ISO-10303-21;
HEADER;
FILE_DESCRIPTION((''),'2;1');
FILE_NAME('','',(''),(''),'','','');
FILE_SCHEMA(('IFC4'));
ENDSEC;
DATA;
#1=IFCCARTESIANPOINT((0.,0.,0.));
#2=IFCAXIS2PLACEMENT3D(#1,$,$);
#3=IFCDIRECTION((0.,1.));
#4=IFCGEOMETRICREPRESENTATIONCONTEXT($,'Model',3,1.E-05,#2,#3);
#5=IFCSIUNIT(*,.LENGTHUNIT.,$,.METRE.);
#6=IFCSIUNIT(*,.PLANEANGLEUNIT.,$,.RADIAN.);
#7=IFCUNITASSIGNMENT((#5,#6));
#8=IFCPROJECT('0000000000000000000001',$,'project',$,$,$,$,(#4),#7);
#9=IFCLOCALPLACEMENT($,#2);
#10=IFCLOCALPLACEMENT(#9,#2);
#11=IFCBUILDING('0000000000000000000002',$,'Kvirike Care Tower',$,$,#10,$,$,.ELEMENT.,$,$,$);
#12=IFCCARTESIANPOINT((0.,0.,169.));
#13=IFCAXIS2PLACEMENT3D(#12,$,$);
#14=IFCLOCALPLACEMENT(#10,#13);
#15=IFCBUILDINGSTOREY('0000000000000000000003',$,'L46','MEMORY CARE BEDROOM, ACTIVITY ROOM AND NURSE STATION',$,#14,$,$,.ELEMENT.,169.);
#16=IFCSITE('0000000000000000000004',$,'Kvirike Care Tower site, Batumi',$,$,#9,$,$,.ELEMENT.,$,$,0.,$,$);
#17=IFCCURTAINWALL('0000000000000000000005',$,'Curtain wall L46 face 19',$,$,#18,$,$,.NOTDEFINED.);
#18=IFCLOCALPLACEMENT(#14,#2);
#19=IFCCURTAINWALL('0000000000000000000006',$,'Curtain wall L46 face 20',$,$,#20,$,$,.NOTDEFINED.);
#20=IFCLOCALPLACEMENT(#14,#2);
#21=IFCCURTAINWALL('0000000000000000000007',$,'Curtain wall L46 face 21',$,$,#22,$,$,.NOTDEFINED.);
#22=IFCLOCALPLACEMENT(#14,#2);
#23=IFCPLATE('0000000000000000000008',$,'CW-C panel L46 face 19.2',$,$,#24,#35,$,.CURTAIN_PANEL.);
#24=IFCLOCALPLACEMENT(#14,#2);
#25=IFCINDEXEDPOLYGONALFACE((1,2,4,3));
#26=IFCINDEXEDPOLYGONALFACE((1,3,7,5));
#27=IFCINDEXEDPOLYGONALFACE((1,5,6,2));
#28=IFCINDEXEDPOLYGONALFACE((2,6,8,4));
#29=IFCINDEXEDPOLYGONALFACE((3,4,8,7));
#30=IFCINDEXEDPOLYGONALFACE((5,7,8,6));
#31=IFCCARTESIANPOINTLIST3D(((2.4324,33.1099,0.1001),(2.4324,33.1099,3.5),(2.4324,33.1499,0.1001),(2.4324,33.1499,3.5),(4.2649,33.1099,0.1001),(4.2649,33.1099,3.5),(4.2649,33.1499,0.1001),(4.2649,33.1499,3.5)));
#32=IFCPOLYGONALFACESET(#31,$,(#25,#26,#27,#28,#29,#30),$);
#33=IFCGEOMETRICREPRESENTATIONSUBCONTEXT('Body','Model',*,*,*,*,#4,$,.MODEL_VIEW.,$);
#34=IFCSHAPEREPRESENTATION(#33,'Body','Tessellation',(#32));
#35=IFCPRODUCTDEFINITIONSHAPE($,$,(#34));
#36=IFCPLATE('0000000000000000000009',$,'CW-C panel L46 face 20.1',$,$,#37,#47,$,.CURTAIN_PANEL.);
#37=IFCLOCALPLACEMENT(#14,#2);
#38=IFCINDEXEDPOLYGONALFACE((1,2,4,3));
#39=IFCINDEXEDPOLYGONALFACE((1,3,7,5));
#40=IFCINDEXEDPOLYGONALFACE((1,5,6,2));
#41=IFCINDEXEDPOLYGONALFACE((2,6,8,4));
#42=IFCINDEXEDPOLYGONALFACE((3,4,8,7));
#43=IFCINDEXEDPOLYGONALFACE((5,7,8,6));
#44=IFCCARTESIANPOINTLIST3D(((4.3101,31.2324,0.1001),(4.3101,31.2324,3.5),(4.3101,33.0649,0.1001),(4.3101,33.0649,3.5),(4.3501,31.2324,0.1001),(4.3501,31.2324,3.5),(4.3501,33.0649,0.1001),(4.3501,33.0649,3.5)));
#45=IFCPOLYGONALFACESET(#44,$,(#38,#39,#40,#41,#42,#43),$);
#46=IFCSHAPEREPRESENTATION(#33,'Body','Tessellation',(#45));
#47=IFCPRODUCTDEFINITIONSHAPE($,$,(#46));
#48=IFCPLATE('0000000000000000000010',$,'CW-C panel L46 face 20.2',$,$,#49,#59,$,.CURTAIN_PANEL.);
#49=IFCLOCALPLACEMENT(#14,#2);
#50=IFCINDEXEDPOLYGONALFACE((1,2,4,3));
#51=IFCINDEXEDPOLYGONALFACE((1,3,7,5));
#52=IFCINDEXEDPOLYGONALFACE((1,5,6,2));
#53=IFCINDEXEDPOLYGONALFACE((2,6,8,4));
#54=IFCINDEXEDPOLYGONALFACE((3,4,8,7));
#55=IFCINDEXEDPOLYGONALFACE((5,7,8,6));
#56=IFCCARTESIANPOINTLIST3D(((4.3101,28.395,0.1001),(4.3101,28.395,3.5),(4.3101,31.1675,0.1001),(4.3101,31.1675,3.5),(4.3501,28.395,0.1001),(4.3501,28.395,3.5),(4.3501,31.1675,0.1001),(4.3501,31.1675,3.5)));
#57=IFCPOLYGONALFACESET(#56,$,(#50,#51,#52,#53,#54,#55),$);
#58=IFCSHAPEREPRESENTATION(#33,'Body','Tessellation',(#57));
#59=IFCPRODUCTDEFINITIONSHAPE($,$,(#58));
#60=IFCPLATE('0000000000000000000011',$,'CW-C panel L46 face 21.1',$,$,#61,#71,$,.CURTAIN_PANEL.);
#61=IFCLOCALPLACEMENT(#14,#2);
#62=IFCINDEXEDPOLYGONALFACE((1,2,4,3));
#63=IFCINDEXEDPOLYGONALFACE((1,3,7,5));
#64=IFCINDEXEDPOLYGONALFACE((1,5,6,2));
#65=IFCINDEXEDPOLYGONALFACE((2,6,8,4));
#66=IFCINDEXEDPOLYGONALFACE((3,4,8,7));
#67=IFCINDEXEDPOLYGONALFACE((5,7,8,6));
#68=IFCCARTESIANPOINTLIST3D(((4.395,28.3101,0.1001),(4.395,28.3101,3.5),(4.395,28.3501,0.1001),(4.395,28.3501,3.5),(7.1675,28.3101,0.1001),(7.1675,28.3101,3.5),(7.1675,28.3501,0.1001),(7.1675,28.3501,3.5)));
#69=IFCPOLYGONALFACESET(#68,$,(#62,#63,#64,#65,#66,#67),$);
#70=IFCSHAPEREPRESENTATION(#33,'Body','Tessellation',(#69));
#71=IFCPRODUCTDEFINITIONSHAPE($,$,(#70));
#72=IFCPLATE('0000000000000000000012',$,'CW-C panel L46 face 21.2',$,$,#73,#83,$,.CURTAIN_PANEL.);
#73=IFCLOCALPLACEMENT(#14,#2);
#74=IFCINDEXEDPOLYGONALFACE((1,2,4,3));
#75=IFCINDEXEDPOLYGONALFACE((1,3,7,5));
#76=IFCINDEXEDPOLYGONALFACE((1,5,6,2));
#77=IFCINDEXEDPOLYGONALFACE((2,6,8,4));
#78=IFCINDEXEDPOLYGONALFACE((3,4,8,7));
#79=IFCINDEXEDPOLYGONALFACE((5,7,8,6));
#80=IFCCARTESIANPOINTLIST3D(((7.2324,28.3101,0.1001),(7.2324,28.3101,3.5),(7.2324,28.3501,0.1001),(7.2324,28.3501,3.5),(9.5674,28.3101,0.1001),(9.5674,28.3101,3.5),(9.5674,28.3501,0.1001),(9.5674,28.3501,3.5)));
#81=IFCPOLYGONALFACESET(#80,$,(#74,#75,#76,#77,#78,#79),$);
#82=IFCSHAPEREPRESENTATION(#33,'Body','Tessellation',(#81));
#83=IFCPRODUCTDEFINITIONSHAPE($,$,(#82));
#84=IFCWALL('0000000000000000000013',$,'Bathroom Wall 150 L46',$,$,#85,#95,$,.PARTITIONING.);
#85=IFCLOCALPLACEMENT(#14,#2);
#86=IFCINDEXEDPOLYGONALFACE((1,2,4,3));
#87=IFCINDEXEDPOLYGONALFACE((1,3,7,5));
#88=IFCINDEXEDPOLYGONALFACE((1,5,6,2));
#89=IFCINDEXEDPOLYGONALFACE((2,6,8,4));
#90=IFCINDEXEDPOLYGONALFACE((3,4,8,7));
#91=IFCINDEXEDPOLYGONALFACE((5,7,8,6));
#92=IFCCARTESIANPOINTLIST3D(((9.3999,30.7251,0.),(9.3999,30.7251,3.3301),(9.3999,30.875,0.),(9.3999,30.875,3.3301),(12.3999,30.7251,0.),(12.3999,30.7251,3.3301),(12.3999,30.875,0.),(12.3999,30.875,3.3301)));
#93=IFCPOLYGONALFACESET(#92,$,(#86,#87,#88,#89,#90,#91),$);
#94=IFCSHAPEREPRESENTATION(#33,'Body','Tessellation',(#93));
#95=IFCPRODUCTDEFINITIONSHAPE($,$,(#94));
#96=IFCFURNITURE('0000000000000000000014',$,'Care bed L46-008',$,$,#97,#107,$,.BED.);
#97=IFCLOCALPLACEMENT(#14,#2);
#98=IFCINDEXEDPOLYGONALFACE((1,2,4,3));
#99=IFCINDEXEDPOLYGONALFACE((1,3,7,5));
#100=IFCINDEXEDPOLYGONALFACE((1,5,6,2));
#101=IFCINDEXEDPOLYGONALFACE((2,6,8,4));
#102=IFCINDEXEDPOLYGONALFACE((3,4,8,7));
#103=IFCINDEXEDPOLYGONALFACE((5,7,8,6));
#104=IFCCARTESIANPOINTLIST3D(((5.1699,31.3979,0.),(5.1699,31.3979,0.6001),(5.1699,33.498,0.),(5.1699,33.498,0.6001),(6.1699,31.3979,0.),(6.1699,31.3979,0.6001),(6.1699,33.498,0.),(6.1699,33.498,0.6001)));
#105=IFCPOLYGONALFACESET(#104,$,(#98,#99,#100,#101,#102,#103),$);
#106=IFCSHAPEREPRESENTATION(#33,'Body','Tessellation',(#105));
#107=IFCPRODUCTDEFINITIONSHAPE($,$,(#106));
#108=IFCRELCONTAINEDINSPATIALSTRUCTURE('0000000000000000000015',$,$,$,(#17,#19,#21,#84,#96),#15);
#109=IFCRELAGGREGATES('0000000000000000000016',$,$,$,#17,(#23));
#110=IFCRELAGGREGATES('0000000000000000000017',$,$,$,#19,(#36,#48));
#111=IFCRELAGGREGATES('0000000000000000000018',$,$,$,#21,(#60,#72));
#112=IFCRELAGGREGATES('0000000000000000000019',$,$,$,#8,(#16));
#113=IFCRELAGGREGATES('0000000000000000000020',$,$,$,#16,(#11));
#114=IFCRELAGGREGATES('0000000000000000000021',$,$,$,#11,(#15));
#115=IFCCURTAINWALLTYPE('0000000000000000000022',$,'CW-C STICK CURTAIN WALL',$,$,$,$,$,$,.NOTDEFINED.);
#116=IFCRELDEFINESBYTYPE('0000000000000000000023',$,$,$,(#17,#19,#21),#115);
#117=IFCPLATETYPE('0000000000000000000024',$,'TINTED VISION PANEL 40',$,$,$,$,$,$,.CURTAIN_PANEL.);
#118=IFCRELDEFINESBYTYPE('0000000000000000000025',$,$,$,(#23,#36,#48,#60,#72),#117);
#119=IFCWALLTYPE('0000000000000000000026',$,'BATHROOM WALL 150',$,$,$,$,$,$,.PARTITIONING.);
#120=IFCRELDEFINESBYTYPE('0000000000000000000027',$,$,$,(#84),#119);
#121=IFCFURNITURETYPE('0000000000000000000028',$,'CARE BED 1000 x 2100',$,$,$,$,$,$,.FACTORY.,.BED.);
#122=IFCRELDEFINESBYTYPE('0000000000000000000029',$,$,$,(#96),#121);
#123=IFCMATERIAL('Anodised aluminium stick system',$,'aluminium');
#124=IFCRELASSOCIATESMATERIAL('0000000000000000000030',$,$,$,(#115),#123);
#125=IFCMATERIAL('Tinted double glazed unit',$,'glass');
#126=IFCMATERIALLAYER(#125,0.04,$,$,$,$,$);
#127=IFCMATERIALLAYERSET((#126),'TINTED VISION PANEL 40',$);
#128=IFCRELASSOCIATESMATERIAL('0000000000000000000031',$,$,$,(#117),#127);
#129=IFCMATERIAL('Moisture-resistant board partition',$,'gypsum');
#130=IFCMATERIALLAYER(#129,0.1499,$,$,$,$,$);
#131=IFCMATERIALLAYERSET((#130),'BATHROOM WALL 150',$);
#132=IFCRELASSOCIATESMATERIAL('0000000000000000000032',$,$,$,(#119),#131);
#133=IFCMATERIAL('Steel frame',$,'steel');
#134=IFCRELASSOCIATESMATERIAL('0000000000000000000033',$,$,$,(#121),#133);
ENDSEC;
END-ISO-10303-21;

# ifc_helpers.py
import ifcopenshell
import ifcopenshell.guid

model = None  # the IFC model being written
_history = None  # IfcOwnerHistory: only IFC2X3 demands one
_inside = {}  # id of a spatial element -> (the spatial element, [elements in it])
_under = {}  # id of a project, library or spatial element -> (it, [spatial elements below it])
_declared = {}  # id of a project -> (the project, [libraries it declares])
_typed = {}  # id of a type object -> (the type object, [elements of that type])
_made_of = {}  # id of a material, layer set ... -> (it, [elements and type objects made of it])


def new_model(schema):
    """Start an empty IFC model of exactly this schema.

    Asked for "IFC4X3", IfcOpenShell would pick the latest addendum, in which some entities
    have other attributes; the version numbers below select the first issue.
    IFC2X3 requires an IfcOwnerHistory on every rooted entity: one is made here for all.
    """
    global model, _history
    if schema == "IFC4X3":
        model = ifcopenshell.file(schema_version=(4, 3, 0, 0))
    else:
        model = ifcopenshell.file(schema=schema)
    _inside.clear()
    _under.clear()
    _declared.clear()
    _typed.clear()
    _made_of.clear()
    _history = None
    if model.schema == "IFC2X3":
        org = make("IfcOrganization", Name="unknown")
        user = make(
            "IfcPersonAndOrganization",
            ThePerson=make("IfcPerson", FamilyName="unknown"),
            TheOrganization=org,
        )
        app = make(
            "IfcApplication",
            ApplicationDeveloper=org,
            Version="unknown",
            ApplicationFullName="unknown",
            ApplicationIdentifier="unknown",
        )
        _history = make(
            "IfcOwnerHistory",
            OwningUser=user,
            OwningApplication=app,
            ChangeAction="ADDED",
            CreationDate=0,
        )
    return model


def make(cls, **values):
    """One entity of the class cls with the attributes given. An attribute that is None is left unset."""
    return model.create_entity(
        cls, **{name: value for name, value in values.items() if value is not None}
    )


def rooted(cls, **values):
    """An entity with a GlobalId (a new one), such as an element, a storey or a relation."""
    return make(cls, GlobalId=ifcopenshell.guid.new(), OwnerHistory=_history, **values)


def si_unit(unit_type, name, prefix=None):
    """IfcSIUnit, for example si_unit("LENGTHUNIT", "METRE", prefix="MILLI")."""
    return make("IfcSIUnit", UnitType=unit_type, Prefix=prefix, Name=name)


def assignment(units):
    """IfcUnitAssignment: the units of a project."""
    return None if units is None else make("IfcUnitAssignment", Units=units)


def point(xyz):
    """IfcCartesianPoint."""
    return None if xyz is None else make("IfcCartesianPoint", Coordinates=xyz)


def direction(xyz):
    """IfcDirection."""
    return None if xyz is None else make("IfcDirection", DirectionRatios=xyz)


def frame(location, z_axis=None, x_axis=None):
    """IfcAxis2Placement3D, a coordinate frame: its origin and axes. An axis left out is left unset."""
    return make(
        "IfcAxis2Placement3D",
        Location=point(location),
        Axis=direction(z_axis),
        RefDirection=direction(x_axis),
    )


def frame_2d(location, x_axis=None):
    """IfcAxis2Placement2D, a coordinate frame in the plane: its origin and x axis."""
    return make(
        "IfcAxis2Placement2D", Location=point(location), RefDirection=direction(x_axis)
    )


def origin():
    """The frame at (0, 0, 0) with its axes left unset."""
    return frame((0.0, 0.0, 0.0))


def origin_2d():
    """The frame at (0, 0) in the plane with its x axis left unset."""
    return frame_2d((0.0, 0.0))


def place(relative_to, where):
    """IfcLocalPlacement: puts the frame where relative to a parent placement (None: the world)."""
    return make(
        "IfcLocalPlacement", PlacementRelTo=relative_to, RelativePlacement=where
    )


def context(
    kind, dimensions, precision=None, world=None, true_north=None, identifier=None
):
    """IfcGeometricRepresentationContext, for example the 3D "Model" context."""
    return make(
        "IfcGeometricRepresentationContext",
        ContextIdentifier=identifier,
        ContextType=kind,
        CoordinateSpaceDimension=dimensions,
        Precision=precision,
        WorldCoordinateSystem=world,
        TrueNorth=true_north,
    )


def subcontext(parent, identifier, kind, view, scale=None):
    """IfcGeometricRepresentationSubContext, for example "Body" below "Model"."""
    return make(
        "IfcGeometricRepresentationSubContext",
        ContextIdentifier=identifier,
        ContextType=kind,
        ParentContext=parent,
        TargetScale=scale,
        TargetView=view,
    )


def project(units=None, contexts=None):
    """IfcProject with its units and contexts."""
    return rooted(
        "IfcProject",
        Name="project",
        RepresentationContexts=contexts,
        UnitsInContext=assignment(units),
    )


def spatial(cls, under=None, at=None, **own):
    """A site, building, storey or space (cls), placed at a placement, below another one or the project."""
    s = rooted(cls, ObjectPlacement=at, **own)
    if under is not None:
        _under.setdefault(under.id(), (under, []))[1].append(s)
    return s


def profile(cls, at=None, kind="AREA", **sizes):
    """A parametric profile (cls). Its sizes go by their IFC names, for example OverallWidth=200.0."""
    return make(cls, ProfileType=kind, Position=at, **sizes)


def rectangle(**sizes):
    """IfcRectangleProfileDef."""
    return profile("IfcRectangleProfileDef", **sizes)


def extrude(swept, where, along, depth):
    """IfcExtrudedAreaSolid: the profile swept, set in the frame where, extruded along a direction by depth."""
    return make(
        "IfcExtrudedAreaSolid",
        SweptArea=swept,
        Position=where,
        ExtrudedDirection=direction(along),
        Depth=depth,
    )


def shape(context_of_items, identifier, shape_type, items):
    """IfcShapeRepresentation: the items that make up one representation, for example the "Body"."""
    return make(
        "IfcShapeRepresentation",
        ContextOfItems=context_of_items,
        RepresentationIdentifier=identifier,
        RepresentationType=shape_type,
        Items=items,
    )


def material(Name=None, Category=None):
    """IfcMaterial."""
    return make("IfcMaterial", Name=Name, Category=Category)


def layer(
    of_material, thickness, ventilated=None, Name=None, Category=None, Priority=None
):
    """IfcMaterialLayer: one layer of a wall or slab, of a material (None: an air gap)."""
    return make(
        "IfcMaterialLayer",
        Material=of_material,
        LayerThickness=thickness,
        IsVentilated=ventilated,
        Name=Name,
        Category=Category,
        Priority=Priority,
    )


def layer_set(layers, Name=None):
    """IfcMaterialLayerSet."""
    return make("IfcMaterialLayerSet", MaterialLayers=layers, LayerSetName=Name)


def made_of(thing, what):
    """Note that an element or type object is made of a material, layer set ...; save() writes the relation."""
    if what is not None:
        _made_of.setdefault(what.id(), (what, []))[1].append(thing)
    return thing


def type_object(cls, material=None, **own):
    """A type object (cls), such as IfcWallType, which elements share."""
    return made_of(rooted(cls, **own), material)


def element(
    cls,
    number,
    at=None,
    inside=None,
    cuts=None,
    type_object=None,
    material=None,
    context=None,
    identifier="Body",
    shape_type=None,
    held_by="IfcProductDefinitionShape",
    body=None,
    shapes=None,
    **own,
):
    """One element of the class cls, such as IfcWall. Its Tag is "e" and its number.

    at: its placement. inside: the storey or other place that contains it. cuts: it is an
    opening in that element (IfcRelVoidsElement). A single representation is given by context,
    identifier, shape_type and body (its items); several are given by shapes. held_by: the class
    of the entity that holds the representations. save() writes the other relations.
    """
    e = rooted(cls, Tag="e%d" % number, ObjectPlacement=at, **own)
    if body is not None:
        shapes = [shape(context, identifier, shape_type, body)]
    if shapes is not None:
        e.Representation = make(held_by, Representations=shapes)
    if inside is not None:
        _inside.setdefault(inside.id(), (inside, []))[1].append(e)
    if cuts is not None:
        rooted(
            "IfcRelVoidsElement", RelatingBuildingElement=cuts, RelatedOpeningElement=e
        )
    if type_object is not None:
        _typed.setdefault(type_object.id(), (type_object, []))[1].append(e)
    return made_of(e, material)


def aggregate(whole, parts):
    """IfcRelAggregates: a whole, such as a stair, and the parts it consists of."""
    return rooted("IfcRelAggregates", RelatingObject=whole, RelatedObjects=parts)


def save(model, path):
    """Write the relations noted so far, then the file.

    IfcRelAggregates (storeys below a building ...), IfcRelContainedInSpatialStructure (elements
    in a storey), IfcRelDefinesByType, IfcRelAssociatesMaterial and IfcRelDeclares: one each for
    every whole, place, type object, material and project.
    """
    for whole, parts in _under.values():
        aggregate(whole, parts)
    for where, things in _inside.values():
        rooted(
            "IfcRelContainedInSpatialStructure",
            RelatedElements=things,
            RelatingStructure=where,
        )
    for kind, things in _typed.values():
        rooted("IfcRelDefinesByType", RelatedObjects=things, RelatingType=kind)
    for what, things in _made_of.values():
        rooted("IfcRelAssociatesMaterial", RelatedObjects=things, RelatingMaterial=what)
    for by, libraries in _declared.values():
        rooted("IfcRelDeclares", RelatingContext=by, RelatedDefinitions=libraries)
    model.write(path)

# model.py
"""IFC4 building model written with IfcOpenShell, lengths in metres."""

from ifc_helpers import new_model, si_unit, direction, frame, frame_2d, origin, origin_2d, place, context, subcontext, project, spatial, rectangle, extrude, material, layer, layer_set, type_object, element, aggregate, save


model = new_model("IFC4")

# Units and contexts
model_context = context("Model", 3, precision=1e-05, world=origin(), true_north=direction((0.0, 1.0)))
body_context = subcontext(model_context, "Body", "Model", "MODEL_VIEW")
ifc_project = project(units=[si_unit("LENGTHUNIT", "METRE"), si_unit("PLANEANGLEUNIT", "RADIAN")], contexts=[model_context])

# Site, building, storey
site_placement = place(None, origin())
site = spatial("IfcSite", under=ifc_project, at=site_placement, Name="Kvirike Care Tower site, Batumi", CompositionType="ELEMENT", RefElevation=0.0)
building_placement = place(site_placement, origin())
building = spatial("IfcBuilding", under=site, at=building_placement, Name="Kvirike Care Tower", CompositionType="ELEMENT")
storey_placement = place(building_placement, frame((0.0, 0.0, 169.0)))
storey = spatial("IfcBuildingStorey", under=building, at=storey_placement, Name="L46", Description="MEMORY CARE BEDROOM, ACTIVITY ROOM AND NURSE STATION", CompositionType="ELEMENT", Elevation=169.0)

# Shared definitions
ifc_material_1 = material(Name="Anodised aluminium stick system", Category="aluminium")
curtain_wall_type = type_object("IfcCurtainWallType", Name="CW-C STICK CURTAIN WALL", PredefinedType="NOTDEFINED", material=ifc_material_1)

# Curtain walls
curtain_wall_1_placement = place(storey_placement, origin())
curtain_wall_1 = element("IfcCurtainWall", 1, at=curtain_wall_1_placement, inside=storey, type_object=curtain_wall_type, Name="Curtain wall L46 face 19", PredefinedType="NOTDEFINED")
curtain_wall_2_placement = place(storey_placement, origin())
curtain_wall_2 = element("IfcCurtainWall", 2, at=curtain_wall_2_placement, inside=storey, type_object=curtain_wall_type, Name="Curtain wall L46 face 20", PredefinedType="NOTDEFINED")
curtain_wall_3_placement = place(storey_placement, origin())
curtain_wall_3 = element("IfcCurtainWall", 3, at=curtain_wall_3_placement, inside=storey, type_object=curtain_wall_type, Name="Curtain wall L46 face 21", PredefinedType="NOTDEFINED")

# Plates
ifc_material_2 = material(Name="Tinted double glazed unit", Category="glass")
ifc_layer_1 = layer(ifc_material_2, 0.04)
ifc_layer_set_1 = layer_set([ifc_layer_1], Name="TINTED VISION PANEL 40")
plate_type = type_object("IfcPlateType", Name="TINTED VISION PANEL 40", PredefinedType="CURTAIN_PANEL", material=ifc_layer_set_1)
plate_1_placement = place(storey_placement, frame((3.3486, 33.1299, 0.1001), z_axis=(0.0, 0.0, 1.0), x_axis=(1.0, 0.0, 0.0)))
plate_1 = element("IfcPlate", 4, at=plate_1_placement, type_object=plate_type, Name="CW-C panel L46 face 19.2", PredefinedType="CURTAIN_PANEL", context=body_context, shape_type="SweptSolid", body=[
    extrude(rectangle(XDim=1.8325, YDim=0.04, at=origin_2d()), origin(), (0.0, 0.0, 1.0), 3.3999),
])
aggregate(curtain_wall_1, [plate_1])
plate_2_placement = place(storey_placement, frame((4.3301, 32.1487, 0.1001), z_axis=(0.0, 0.0, 1.0), x_axis=(0.0, -1.0, 0.0)))
plate_2 = element("IfcPlate", 5, at=plate_2_placement, type_object=plate_type, Name="CW-C panel L46 face 20.1", PredefinedType="CURTAIN_PANEL", context=body_context, shape_type="SweptSolid", body=[
    extrude(rectangle(XDim=1.8325, YDim=0.04, at=origin_2d()), origin(), (0.0, 0.0, 1.0), 3.3999),
])
plate_3_placement = place(storey_placement, frame((4.3301, 29.7812, 0.1001), z_axis=(0.0, 0.0, 1.0), x_axis=(0.0, -1.0, 0.0)))
plate_3 = element("IfcPlate", 6, at=plate_3_placement, type_object=plate_type, Name="CW-C panel L46 face 20.2", PredefinedType="CURTAIN_PANEL", context=body_context, shape_type="SweptSolid", body=[
    extrude(rectangle(XDim=2.7725, YDim=0.04, at=origin_2d()), origin(), (0.0, 0.0, 1.0), 3.3999),
])
aggregate(curtain_wall_2, [plate_2, plate_3])
plate_4_placement = place(storey_placement, frame((5.7812, 28.3301, 0.1001), z_axis=(0.0, 0.0, 1.0), x_axis=(1.0, 0.0, 0.0)))
plate_4 = element("IfcPlate", 7, at=plate_4_placement, type_object=plate_type, Name="CW-C panel L46 face 21.1", PredefinedType="CURTAIN_PANEL", context=body_context, shape_type="SweptSolid", body=[
    extrude(rectangle(XDim=2.7725, YDim=0.04, at=origin_2d()), origin(), (0.0, 0.0, 1.0), 3.3999),
])
plate_5_placement = place(storey_placement, frame((8.3999, 28.3301, 0.1001), z_axis=(0.0, 0.0, 1.0), x_axis=(1.0, 0.0, 0.0)))
plate_5 = element("IfcPlate", 8, at=plate_5_placement, type_object=plate_type, Name="CW-C panel L46 face 21.2", PredefinedType="CURTAIN_PANEL", context=body_context, shape_type="SweptSolid", body=[
    extrude(rectangle(XDim=2.335, YDim=0.04, at=origin_2d()), origin(), (0.0, 0.0, 1.0), 3.3999),
])
aggregate(curtain_wall_3, [plate_4, plate_5])

# Wall
ifc_material_3 = material(Name="Moisture-resistant board partition", Category="gypsum")
ifc_layer_2 = layer(ifc_material_3, 0.1499)
ifc_layer_set_2 = layer_set([ifc_layer_2], Name="BATHROOM WALL 150")
wall_type = type_object("IfcWallType", Name="BATHROOM WALL 150", PredefinedType="PARTITIONING", material=ifc_layer_set_2)
wall_placement = place(storey_placement, frame((9.3999, 30.8, 0.0), z_axis=(0.0, 0.0, 1.0), x_axis=(1.0, 0.0, 0.0)))
element("IfcWall", 9, at=wall_placement, inside=storey, type_object=wall_type, Name="Bathroom Wall 150 L46", PredefinedType="PARTITIONING", context=body_context, shape_type="SweptSolid", body=[
    extrude(rectangle(XDim=3.0, YDim=0.1499, at=frame_2d((1.5, 0.0))), origin(), (0.0, 0.0, 1.0), 3.3301),
])

# Furniture
ifc_material_4 = material(Name="Steel frame", Category="steel")
furniture_type = type_object("IfcFurnitureType", Name="CARE BED 1000 x 2100", AssemblyPlace="FACTORY", PredefinedType="BED", material=ifc_material_4)
furniture_placement = place(storey_placement, frame((5.6699, 32.448, 0.0), z_axis=(0.0, 0.0, 1.0), x_axis=(1.0, 0.0, 0.0)))
element("IfcFurniture", 10, at=furniture_placement, inside=storey, type_object=furniture_type, Name="Care bed L46-008", PredefinedType="BED", context=body_context, shape_type="SweptSolid", body=[
    extrude(rectangle(XDim=1.0, YDim=2.1001, at=origin_2d()), origin(), (0.0, 0.0, 1.0), 0.6001),
])

save(model, "model.ifc")
